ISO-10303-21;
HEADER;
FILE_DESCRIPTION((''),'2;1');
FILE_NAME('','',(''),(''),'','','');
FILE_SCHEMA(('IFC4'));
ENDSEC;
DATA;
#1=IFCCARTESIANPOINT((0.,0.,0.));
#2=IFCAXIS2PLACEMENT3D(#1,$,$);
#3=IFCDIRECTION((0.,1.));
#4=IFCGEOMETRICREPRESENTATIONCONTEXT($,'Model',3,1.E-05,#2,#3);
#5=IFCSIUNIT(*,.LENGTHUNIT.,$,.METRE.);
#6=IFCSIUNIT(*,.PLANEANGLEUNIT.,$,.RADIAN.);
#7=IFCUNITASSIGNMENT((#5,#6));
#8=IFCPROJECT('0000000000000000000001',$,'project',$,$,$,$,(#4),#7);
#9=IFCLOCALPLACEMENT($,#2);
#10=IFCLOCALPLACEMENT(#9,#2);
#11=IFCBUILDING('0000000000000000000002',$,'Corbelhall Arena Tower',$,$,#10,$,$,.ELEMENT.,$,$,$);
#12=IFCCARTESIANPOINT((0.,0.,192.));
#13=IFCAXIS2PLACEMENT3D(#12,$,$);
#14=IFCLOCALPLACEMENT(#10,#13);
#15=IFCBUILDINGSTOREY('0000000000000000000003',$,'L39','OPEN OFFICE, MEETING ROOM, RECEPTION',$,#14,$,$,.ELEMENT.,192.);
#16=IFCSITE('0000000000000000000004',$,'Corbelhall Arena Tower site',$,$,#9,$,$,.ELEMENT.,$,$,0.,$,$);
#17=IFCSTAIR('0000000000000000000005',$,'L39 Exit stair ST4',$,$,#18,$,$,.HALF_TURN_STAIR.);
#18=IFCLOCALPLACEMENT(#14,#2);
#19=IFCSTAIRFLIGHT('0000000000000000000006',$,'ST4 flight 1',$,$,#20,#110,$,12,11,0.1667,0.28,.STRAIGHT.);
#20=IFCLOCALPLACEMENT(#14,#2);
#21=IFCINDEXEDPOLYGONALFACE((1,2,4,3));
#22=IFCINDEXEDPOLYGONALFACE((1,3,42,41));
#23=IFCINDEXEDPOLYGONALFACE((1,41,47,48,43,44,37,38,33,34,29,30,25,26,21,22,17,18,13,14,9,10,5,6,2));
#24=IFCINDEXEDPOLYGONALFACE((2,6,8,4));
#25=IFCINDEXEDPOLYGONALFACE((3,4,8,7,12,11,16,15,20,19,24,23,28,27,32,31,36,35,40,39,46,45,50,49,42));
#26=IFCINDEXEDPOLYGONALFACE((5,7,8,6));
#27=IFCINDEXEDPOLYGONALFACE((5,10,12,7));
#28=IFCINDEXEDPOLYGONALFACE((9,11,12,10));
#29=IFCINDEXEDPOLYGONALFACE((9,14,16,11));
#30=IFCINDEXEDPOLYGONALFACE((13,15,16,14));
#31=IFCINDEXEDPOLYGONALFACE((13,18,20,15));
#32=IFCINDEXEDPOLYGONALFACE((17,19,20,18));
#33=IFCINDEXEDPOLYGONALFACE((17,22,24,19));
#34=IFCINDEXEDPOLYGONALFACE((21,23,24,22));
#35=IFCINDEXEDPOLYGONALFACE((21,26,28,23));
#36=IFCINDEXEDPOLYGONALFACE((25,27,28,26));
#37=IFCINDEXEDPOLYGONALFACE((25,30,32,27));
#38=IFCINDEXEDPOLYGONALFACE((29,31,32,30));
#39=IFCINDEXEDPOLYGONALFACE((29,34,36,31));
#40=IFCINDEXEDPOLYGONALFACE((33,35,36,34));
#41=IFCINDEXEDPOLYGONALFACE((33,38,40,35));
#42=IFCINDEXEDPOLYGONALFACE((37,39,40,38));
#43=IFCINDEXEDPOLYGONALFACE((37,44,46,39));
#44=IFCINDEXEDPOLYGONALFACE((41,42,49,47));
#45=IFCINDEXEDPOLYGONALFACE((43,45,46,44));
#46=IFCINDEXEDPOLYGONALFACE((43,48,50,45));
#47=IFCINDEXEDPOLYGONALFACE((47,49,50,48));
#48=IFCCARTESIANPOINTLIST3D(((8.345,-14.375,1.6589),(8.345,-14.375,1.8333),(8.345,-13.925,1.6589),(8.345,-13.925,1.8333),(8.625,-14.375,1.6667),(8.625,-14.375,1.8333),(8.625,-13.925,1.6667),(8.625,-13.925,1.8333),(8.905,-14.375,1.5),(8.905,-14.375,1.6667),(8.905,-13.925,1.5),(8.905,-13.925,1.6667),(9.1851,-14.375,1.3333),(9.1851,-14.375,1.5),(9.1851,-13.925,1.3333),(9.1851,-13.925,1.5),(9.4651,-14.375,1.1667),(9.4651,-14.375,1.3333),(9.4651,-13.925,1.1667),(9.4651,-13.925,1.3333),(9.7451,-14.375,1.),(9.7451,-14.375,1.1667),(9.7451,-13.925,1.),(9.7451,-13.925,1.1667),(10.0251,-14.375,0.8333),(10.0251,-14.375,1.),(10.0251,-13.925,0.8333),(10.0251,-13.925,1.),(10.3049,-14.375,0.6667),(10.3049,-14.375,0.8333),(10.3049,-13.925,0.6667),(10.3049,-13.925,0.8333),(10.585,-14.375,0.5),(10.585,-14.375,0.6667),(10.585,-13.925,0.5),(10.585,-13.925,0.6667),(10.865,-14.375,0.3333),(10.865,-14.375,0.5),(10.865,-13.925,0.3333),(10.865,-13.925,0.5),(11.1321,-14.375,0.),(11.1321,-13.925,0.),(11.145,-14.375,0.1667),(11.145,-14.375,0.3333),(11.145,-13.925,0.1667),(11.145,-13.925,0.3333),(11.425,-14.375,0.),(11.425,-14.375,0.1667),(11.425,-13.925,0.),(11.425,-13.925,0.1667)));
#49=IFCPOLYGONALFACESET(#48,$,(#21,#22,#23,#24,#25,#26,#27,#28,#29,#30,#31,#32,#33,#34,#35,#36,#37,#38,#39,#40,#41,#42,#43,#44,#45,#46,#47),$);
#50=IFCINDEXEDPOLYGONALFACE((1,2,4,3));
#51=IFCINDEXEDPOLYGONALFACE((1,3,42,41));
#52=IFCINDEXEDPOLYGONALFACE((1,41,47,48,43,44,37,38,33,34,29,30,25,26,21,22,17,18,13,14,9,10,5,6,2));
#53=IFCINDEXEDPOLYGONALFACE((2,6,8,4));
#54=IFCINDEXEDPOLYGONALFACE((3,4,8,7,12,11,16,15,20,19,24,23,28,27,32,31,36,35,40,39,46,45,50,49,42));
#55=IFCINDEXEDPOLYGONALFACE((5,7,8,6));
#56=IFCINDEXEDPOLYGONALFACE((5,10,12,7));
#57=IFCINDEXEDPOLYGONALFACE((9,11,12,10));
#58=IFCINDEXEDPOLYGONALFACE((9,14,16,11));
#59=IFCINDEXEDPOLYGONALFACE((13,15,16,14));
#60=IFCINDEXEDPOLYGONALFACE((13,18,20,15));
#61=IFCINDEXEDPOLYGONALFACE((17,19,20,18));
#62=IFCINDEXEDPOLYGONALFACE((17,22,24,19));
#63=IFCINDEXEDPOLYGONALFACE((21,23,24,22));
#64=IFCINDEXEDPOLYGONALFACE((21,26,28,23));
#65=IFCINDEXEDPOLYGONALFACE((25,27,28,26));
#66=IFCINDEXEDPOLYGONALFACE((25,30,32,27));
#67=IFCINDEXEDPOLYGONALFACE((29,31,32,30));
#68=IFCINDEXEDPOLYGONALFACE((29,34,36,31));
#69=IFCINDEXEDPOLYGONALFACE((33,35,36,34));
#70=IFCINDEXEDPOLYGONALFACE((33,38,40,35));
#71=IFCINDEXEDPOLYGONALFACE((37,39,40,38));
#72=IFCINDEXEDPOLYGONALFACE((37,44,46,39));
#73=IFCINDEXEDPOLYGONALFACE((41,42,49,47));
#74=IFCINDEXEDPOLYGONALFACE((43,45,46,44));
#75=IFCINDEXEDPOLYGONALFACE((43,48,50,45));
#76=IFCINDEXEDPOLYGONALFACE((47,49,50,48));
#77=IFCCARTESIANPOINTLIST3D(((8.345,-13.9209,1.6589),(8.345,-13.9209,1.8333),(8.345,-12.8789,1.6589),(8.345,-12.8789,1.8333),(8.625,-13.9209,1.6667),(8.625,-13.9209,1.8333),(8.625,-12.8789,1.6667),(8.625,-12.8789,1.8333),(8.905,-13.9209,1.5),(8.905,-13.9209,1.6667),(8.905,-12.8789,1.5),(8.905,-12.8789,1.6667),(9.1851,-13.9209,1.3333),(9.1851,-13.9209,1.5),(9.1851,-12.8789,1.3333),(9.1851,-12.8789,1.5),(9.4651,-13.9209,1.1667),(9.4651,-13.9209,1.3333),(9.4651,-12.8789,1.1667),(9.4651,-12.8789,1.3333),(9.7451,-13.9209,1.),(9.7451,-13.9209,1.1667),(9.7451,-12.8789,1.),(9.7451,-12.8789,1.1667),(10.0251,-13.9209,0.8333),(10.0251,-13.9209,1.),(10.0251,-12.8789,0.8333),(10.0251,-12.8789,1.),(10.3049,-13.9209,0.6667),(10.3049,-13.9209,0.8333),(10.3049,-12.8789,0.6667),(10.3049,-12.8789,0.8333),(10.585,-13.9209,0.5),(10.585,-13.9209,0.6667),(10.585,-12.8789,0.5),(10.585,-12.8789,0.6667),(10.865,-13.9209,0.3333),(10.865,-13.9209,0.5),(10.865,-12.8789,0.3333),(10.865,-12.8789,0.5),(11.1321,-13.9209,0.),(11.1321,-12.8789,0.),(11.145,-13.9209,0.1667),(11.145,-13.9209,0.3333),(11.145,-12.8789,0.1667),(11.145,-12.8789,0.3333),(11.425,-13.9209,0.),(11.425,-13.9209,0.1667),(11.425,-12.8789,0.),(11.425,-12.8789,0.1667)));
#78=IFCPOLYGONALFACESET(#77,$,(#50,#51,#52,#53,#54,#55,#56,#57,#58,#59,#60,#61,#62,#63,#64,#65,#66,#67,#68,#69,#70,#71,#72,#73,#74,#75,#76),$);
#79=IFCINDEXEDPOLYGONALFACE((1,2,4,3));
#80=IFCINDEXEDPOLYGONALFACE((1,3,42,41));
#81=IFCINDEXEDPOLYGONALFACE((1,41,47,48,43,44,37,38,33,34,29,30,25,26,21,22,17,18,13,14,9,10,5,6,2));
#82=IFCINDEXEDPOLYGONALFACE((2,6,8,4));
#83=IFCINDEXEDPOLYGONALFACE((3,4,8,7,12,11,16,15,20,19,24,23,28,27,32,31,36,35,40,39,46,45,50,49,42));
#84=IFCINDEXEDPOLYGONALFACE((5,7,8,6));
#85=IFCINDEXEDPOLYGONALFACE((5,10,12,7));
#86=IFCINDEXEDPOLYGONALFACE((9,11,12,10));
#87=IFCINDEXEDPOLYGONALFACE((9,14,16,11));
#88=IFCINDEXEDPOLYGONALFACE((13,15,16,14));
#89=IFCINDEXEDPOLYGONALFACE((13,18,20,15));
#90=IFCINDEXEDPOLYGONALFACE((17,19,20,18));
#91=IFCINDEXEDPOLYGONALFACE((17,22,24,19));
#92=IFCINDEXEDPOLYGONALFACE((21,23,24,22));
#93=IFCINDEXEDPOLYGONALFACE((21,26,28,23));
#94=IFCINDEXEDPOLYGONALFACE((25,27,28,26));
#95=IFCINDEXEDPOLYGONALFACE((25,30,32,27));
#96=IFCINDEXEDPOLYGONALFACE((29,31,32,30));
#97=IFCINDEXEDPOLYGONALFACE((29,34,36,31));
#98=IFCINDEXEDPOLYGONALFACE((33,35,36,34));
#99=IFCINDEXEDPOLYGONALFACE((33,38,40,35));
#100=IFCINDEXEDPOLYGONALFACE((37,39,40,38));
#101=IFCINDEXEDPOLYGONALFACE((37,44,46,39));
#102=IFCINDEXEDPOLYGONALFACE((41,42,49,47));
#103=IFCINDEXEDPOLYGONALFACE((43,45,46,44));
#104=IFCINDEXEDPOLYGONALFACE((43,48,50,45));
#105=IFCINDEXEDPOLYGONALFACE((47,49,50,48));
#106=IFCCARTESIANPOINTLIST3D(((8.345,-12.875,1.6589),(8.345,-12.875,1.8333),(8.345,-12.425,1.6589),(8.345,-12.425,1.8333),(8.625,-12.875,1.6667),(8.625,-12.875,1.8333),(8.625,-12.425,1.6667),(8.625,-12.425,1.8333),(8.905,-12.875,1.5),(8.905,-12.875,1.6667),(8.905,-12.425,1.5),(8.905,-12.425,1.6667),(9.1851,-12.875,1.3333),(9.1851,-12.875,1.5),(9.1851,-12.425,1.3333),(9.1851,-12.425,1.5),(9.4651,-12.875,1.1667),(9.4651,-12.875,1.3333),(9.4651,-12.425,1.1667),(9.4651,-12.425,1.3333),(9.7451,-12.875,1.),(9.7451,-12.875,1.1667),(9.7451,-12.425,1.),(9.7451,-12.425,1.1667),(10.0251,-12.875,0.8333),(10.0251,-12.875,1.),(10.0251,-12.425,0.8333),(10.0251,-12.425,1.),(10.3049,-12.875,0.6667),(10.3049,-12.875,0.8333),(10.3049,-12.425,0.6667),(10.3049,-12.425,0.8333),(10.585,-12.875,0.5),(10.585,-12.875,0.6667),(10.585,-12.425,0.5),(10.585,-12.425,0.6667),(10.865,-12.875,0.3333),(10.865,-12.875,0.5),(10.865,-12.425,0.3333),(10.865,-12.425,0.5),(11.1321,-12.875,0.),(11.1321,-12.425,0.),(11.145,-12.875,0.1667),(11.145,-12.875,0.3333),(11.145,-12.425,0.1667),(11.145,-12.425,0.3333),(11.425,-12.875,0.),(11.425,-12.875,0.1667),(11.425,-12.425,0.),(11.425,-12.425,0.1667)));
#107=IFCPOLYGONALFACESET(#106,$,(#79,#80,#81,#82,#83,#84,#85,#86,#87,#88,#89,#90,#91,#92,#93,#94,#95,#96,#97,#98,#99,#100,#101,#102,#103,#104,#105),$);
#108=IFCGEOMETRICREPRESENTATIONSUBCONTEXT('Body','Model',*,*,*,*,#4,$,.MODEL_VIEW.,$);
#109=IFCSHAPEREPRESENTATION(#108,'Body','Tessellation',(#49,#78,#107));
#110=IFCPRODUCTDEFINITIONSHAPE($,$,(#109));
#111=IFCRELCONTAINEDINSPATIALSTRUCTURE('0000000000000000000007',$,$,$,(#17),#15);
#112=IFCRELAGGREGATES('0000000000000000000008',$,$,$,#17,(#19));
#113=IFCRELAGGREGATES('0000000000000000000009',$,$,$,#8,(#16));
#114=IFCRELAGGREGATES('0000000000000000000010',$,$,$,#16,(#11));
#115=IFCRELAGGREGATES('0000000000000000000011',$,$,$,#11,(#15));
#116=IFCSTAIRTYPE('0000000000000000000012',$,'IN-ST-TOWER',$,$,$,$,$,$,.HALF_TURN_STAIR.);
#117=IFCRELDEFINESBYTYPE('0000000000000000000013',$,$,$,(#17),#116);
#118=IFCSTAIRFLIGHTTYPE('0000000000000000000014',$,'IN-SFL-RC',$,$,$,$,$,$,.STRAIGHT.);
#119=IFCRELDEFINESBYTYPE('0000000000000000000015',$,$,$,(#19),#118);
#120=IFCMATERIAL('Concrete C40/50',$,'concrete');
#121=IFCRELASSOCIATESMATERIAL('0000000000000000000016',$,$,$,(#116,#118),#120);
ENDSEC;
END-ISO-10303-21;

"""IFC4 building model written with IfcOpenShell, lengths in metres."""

from ifc_helpers import new_model, si_unit, direction, frame, origin, place, context, subcontext, project, spatial, polyline, outline, extrude, material, type_object, element, aggregate, save


model = new_model("IFC4")

# Units and contexts
model_context = context("Model", 3, precision=1e-05, world=origin(), true_north=direction((0.0, 1.0)))
body_context = subcontext(model_context, "Body", "Model", "MODEL_VIEW")
ifc_project = project(units=[si_unit("LENGTHUNIT", "METRE"), si_unit("PLANEANGLEUNIT", "RADIAN")], contexts=[model_context])

# Site, building, storey
site_placement = place(None, origin())
site = spatial("IfcSite", under=ifc_project, at=site_placement, Name="Corbelhall Arena Tower site", CompositionType="ELEMENT", RefElevation=0.0)
building_placement = place(site_placement, origin())
building = spatial("IfcBuilding", under=site, at=building_placement, Name="Corbelhall Arena Tower", CompositionType="ELEMENT")
storey_placement = place(building_placement, frame((0.0, 0.0, 192.0)))
storey = spatial("IfcBuildingStorey", under=building, at=storey_placement, Name="L39", Description="OPEN OFFICE, MEETING ROOM, RECEPTION", CompositionType="ELEMENT", Elevation=192.0)

# Shared definitions
ifc_material_1 = material(Name="Concrete C40/50", Category="concrete")

# Stair, stair flight
stair_type = type_object("IfcStairType", Name="IN-ST-TOWER", PredefinedType="HALF_TURN_STAIR", material=ifc_material_1)
stair_placement = place(storey_placement, origin())
stair = element("IfcStair", 1, at=stair_placement, inside=storey, type_object=stair_type, Name="L39 Exit stair ST4", PredefinedType="HALF_TURN_STAIR")
stair_flight_type = type_object("IfcStairFlightType", Name="IN-SFL-RC", PredefinedType="STRAIGHT", material=ifc_material_1)
stair_flight_placement = place(storey_placement, frame((11.425, -13.3999, 0.0), z_axis=(0.0, 0.0, 1.0), x_axis=(-1.0, 0.0, 0.0)))
stair_flight = element("IfcStairFlight", 2, at=stair_flight_placement, type_object=stair_flight_type, Name="ST4 flight 1", NumberOfRisers=12, NumberOfTreads=11, PredefinedType="STRAIGHT", RiserHeight=0.1667, TreadLength=0.28, context=body_context, shape_type="SweptSolid", body=[
    extrude(outline(polyline([(0.0, 0.0), (0.0, 0.1667), (0.28, 0.1667), (0.28, 0.3333), (0.5601, 0.3333), (0.5601, 0.5), (0.8401, 0.5), (0.8401, 0.6667), (1.1201, 0.6667), (1.1201, 0.8333), (1.3999, 0.8333), (1.3999, 1.0), (1.6799, 1.0), (1.6799, 1.1667), (1.96, 1.1667), (1.96, 1.3333), (2.24, 1.3333), (2.24, 1.5), (2.52, 1.5), (2.52, 1.6667), (2.8, 1.6667), (2.8, 1.8333), (3.0801, 1.8333), (3.0801, 2.0), (3.0801, 1.6589), (0.293, 0.0), (0.0, 0.0)])), frame((0.0, 0.9751, 0.0), z_axis=(0.0, -1.0, 0.0), x_axis=(1.0, 0.0, 0.0)), (0.0, 0.0, 1.0), 0.45),
    extrude(outline(polyline([(0.0, 0.0), (0.0, 0.1667), (0.28, 0.1667), (0.28, 0.3333), (0.5601, 0.3333), (0.5601, 0.5), (0.8401, 0.5), (0.8401, 0.6667), (1.1201, 0.6667), (1.1201, 0.8333), (1.3999, 0.8333), (1.3999, 1.0), (1.6799, 1.0), (1.6799, 1.1667), (1.96, 1.1667), (1.96, 1.3333), (2.24, 1.3333), (2.24, 1.5), (2.52, 1.5), (2.52, 1.6667), (2.8, 1.6667), (2.8, 1.8333), (3.0801, 1.8333), (3.0801, 2.0), (3.0801, 1.6589), (0.293, 0.0), (0.0, 0.0)])), frame((0.0, 0.521, 0.0), z_axis=(0.0, -1.0, 0.0), x_axis=(1.0, 0.0, 0.0)), (0.0, 0.0, 1.0), 1.042),
    extrude(outline(polyline([(0.0, 0.0), (0.0, 0.1667), (0.28, 0.1667), (0.28, 0.3333), (0.5601, 0.3333), (0.5601, 0.5), (0.8401, 0.5), (0.8401, 0.6667), (1.1201, 0.6667), (1.1201, 0.8333), (1.3999, 0.8333), (1.3999, 1.0), (1.6799, 1.0), (1.6799, 1.1667), (1.96, 1.1667), (1.96, 1.3333), (2.24, 1.3333), (2.24, 1.5), (2.52, 1.5), (2.52, 1.6667), (2.8, 1.6667), (2.8, 1.8333), (3.0801, 1.8333), (3.0801, 2.0), (3.0801, 1.6589), (0.293, 0.0), (0.0, 0.0)])), frame((0.0, -0.5249, 0.0), z_axis=(0.0, -1.0, 0.0), x_axis=(1.0, 0.0, 0.0)), (0.0, 0.0, 1.0), 0.45),
])
aggregate(stair, [stair_flight])

save(model, "model.ifc")
